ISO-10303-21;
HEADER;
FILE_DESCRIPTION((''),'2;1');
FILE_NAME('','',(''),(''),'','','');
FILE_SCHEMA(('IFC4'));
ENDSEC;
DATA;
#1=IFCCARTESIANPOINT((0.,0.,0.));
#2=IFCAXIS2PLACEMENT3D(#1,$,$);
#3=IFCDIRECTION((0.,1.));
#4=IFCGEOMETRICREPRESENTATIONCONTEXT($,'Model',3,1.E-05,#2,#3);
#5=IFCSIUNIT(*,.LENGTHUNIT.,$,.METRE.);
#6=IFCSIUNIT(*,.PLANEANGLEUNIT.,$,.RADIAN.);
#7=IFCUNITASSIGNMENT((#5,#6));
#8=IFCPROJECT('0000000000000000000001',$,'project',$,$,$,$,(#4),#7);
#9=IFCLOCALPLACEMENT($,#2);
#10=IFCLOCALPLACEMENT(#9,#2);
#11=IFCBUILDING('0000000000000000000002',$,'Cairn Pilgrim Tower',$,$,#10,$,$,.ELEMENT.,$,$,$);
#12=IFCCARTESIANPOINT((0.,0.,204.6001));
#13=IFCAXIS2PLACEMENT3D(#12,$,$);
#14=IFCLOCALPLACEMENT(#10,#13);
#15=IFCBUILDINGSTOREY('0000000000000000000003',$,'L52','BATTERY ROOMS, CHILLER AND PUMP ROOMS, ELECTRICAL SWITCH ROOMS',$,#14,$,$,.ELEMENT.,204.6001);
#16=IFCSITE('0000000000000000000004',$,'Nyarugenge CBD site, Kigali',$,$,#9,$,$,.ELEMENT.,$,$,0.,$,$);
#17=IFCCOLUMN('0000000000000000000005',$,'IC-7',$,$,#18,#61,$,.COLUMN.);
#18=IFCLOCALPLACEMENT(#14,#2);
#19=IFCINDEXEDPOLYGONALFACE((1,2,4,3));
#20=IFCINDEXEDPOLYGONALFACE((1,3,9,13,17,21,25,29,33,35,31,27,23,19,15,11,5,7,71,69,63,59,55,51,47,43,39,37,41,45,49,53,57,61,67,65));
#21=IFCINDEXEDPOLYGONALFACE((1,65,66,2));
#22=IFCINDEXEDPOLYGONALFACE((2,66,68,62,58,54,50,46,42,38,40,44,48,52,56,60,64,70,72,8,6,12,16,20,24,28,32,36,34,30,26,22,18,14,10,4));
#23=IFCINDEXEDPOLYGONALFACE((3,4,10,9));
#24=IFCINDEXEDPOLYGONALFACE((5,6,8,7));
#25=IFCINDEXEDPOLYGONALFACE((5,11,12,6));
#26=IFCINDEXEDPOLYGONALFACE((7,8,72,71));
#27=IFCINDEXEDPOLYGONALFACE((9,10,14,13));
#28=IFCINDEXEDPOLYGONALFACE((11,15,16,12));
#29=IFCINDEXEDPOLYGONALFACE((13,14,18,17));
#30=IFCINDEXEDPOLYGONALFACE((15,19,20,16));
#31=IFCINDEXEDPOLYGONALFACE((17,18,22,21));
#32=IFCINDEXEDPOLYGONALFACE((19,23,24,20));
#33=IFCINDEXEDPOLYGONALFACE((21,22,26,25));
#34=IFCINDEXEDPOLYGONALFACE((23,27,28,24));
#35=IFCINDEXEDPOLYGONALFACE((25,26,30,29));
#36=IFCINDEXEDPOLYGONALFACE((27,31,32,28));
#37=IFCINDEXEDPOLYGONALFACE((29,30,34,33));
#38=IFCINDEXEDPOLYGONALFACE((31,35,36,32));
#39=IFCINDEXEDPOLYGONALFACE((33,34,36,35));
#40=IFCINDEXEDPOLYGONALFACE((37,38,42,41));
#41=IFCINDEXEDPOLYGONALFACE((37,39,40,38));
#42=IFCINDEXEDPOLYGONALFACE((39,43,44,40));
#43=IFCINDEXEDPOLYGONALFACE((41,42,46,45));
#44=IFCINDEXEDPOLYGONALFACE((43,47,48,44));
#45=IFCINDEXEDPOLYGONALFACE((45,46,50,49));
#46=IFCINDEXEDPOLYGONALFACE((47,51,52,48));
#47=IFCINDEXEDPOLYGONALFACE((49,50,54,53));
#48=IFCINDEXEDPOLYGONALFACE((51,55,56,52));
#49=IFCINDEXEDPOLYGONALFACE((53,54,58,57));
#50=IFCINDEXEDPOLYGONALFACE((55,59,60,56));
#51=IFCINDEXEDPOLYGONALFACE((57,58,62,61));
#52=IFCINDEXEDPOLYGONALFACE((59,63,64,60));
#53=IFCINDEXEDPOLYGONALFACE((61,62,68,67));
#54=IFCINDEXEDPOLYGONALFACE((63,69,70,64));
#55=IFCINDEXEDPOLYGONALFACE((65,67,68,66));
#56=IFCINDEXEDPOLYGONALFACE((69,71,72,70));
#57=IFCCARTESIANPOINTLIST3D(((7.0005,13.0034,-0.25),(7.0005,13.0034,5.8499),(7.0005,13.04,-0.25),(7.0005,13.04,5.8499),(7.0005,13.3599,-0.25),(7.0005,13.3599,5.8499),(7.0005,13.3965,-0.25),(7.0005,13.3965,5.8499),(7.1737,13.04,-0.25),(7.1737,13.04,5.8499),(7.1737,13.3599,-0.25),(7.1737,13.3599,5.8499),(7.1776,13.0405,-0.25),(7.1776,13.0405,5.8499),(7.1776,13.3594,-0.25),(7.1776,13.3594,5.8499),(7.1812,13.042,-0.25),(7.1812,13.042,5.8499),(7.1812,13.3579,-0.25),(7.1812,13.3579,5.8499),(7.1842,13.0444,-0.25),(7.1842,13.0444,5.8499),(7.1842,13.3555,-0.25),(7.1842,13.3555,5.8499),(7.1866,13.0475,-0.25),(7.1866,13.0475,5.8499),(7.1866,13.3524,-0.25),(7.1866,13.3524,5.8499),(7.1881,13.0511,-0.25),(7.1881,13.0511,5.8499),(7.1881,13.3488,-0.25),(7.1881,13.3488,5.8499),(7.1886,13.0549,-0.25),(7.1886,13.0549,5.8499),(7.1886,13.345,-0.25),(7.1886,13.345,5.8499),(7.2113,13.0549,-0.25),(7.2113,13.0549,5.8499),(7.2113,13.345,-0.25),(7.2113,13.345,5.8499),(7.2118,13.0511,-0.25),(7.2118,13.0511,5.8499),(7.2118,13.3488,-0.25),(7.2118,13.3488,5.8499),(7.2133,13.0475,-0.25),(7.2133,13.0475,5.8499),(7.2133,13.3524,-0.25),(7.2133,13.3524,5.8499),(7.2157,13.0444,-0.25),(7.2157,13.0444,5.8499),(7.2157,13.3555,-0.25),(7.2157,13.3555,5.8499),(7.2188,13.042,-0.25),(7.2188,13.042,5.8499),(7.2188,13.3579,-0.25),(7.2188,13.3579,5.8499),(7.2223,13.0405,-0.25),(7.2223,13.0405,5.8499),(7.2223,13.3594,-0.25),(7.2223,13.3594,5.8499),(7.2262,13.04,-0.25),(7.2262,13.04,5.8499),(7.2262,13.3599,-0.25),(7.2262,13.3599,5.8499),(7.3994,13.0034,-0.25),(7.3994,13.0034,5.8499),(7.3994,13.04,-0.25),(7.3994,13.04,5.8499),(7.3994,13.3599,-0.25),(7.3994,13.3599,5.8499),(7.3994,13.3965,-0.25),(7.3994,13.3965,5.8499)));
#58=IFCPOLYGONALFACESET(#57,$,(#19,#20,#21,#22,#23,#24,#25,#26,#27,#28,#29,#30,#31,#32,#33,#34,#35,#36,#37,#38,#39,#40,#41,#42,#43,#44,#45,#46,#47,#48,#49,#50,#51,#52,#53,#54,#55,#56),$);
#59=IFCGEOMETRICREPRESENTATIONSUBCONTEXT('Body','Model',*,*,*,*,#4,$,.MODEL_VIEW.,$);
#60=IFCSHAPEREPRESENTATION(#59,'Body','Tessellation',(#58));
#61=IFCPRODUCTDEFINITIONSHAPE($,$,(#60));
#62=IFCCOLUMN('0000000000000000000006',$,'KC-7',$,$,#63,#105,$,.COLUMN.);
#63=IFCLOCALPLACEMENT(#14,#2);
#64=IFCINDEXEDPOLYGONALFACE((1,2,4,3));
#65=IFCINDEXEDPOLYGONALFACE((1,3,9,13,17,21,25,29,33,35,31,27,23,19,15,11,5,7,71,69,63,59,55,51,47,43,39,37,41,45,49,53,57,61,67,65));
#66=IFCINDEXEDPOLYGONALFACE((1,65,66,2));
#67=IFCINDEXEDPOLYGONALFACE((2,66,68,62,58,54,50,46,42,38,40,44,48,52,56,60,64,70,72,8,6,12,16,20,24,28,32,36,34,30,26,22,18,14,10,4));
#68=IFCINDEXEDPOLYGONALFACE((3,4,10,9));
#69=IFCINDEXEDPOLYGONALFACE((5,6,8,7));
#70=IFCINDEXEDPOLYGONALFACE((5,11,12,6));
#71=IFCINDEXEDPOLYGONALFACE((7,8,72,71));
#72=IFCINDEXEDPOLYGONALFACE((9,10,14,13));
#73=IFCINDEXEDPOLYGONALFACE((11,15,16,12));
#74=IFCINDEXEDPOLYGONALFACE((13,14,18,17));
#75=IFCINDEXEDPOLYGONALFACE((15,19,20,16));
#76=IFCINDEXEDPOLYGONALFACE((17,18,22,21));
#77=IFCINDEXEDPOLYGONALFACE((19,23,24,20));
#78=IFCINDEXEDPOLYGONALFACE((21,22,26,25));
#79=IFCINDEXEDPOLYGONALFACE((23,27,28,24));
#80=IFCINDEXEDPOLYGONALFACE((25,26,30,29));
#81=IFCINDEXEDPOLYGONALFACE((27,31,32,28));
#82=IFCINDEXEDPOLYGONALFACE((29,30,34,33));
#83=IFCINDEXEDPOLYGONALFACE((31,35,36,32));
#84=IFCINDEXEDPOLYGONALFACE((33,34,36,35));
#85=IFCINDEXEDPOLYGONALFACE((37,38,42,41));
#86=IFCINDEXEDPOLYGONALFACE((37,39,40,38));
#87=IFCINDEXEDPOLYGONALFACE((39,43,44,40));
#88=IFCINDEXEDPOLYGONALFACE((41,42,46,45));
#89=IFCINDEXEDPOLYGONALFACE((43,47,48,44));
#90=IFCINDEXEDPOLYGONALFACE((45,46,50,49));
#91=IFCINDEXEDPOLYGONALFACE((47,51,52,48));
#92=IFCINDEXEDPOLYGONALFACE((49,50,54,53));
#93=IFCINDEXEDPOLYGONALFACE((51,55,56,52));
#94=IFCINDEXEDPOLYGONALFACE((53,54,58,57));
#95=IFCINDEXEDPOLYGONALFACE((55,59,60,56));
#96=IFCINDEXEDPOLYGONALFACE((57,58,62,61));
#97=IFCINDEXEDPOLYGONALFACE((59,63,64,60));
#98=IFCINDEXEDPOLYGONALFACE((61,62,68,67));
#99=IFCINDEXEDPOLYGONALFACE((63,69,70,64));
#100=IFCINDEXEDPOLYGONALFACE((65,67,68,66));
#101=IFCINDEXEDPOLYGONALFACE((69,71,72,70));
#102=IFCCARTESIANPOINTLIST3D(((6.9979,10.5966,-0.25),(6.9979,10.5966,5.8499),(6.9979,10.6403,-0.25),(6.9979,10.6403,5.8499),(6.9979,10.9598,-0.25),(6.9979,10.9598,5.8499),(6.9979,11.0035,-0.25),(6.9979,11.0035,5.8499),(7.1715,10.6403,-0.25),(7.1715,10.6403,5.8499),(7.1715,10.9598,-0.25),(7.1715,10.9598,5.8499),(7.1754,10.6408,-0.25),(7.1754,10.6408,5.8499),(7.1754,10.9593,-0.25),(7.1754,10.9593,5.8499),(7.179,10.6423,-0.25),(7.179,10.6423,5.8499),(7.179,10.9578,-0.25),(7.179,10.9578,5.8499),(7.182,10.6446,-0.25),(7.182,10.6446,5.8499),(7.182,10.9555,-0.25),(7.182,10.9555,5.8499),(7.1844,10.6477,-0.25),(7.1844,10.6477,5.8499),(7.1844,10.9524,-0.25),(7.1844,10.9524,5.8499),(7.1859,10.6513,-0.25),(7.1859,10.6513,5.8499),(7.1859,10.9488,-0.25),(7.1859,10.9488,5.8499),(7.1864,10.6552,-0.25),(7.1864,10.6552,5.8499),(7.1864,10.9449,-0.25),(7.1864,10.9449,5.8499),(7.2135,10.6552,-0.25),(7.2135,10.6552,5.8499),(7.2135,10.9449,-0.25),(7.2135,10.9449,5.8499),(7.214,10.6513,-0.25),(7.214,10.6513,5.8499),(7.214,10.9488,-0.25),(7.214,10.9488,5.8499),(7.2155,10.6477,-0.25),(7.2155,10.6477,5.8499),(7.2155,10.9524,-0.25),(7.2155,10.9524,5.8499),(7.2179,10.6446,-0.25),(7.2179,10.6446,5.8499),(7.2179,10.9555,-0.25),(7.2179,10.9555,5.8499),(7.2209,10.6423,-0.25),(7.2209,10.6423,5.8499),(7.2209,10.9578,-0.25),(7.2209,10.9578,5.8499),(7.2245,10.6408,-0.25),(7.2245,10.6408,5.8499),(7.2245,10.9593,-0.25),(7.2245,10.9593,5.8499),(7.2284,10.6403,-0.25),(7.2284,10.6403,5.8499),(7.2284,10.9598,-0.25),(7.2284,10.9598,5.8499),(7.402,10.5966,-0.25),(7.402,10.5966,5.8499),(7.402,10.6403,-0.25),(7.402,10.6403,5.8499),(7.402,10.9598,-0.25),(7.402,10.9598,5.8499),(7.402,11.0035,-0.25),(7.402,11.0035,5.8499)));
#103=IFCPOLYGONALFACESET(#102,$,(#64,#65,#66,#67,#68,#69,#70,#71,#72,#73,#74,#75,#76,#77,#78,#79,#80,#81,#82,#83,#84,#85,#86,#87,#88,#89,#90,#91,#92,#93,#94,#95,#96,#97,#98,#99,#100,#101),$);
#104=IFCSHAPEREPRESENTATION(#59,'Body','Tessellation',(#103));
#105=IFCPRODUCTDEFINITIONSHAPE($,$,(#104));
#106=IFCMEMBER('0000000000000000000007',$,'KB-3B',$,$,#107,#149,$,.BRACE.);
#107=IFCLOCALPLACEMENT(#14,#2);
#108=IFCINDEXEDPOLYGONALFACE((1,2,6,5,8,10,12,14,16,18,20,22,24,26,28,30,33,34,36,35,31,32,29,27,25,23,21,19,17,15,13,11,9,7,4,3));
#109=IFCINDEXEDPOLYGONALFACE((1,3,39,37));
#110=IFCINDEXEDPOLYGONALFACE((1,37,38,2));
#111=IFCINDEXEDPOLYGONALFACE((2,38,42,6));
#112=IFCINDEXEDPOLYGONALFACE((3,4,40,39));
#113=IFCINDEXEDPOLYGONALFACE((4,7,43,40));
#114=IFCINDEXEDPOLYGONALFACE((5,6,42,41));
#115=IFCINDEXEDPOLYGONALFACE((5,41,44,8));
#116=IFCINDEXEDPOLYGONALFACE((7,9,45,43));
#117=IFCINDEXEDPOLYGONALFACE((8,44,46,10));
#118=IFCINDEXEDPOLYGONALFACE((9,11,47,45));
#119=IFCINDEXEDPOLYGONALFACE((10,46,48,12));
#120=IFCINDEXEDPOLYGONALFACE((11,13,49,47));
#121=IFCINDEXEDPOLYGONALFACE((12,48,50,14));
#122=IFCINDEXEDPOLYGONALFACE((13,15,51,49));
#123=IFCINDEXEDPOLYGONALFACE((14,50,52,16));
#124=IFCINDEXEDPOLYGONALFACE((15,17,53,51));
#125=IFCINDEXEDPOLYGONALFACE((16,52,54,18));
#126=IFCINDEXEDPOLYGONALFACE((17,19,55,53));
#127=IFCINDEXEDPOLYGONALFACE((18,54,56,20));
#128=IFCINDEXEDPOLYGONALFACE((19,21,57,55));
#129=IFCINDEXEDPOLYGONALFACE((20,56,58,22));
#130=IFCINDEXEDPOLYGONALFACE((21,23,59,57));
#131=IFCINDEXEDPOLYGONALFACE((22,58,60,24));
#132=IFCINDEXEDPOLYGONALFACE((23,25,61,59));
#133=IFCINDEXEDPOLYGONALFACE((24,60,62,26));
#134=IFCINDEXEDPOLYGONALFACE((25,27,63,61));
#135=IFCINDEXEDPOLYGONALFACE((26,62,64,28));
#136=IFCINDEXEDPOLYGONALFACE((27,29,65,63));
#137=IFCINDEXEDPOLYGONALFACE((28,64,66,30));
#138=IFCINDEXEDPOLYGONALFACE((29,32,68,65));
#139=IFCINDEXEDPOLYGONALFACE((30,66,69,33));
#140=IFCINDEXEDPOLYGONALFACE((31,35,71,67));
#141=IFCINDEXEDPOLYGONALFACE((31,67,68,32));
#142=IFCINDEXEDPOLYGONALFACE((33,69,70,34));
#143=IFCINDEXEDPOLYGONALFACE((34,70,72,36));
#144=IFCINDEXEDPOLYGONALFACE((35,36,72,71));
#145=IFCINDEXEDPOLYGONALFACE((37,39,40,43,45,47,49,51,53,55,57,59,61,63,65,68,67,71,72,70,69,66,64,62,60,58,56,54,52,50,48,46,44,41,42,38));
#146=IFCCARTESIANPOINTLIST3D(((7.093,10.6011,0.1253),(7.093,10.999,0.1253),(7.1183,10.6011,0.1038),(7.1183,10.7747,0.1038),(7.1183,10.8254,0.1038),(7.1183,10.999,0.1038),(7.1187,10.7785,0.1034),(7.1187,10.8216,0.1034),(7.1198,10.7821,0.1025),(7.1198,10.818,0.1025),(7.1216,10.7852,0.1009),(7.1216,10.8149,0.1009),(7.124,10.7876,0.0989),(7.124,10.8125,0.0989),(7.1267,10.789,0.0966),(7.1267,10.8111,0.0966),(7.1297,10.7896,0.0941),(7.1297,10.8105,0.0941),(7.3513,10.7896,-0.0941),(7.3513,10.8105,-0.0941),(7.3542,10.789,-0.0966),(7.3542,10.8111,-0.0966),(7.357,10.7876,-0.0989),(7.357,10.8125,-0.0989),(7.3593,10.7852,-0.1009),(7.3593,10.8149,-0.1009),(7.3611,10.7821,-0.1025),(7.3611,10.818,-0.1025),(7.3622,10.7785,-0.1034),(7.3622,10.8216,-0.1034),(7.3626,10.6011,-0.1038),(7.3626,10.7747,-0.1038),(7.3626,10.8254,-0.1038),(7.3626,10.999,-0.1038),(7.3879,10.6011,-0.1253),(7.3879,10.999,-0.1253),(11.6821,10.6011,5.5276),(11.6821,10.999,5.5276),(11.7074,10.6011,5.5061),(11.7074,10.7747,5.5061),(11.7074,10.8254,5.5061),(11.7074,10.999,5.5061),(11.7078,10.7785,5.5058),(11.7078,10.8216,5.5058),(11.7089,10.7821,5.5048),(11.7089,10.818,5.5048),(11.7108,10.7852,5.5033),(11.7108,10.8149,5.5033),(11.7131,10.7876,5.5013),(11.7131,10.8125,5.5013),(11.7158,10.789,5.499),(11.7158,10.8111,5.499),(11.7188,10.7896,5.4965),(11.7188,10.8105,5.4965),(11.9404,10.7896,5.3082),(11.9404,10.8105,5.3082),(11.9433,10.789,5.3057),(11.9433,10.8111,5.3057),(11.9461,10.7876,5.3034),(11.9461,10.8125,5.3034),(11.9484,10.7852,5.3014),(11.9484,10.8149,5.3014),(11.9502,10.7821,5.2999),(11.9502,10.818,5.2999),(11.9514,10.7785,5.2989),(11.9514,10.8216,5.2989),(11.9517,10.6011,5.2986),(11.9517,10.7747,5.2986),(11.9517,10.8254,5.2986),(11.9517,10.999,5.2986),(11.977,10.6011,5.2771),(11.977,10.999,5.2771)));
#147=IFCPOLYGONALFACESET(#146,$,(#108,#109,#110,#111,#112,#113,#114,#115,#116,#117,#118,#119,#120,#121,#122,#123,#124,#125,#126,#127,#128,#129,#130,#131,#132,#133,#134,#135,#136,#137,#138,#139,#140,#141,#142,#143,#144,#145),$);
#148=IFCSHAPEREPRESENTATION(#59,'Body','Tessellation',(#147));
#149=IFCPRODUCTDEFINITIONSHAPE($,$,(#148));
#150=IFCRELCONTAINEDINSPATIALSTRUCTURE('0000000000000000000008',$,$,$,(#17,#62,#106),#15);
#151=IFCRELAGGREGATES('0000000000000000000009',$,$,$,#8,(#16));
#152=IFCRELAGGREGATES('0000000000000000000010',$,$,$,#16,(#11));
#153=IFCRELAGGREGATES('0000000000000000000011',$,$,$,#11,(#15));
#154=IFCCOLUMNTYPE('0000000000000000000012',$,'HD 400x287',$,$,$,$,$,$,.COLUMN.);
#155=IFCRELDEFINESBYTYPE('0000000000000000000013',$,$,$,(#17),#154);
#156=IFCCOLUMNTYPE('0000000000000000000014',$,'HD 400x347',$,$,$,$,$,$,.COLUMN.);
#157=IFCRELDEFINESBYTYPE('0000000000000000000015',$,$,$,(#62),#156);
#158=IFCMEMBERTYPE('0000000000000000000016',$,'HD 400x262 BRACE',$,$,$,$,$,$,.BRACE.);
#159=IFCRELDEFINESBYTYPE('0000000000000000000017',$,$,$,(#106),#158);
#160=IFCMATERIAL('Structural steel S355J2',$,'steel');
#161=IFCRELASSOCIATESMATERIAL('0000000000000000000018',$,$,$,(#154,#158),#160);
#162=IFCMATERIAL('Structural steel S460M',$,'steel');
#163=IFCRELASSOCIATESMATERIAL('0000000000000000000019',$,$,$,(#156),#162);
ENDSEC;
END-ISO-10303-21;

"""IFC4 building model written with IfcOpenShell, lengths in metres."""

from ifc_helpers import new_model, si_unit, direction, frame, origin, origin_2d, place, context, subcontext, project, spatial, i_section, extrude, material, material_profile, profile_set, type_object, element, save


model = new_model("IFC4")

# Units and contexts
model_context = context("Model", 3, precision=1e-05, world=origin(), true_north=direction((0.0, 1.0)))
body_context = subcontext(model_context, "Body", "Model", "MODEL_VIEW")
ifc_project = project(units=[si_unit("LENGTHUNIT", "METRE"), si_unit("PLANEANGLEUNIT", "RADIAN")], contexts=[model_context])

# Site, building, storey
site_placement = place(None, origin())
site = spatial("IfcSite", under=ifc_project, at=site_placement, Name="Nyarugenge CBD site, Kigali", CompositionType="ELEMENT", RefElevation=0.0)
building_placement = place(site_placement, origin())
building = spatial("IfcBuilding", under=site, at=building_placement, Name="Cairn Pilgrim Tower", CompositionType="ELEMENT")
storey_placement = place(building_placement, frame((0.0, 0.0, 204.6001)))
storey = spatial("IfcBuildingStorey", under=building, at=storey_placement, Name="L52", Description="BATTERY ROOMS, CHILLER AND PUMP ROOMS, ELECTRICAL SWITCH ROOMS", CompositionType="ELEMENT", Elevation=204.6001)

# Columns
ifc_material_1 = material(Name="Structural steel S355J2", Category="steel")
ifc_material_profile_1 = material_profile(ifc_material_1, i_section(OverallWidth=0.3989, OverallDepth=0.3931, WebThickness=0.0227, FlangeThickness=0.0366, FilletRadius=0.0149, at=origin_2d()), Name="HD 400x287")
ifc_profile_set_1 = profile_set([ifc_material_profile_1], Name="Structural steel S355J2")
column_type_1 = type_object("IfcColumnType", Name="HD 400x287", PredefinedType="COLUMN", material=ifc_profile_set_1)
column_1_placement = place(storey_placement, frame((7.2, 13.2, -0.25), z_axis=(0.0, 0.0, 1.0), x_axis=(1.0, 0.0, 0.0)))
element("IfcColumn", 1, at=column_1_placement, inside=storey, type_object=column_type_1, Name="IC-7", PredefinedType="COLUMN", context=body_context, shape_type="SweptSolid", body=[
    extrude(i_section(OverallWidth=0.3989, OverallDepth=0.3931, WebThickness=0.0227, FlangeThickness=0.0366, FilletRadius=0.0149, at=origin_2d()), origin(), (0.0, 0.0, 1.0), 6.0999),
])
ifc_material_2 = material(Name="Structural steel S460M", Category="steel")
ifc_material_profile_2 = material_profile(ifc_material_2, i_section(OverallWidth=0.4041, OverallDepth=0.407, WebThickness=0.0271, FlangeThickness=0.0437, FilletRadius=0.0149, at=origin_2d()), Name="HD 400x347")
ifc_profile_set_2 = profile_set([ifc_material_profile_2], Name="Structural steel S460M")
column_type_2 = type_object("IfcColumnType", Name="HD 400x347", PredefinedType="COLUMN", material=ifc_profile_set_2)
column_2_placement = place(storey_placement, frame((7.2, 10.8, -0.25), z_axis=(0.0, 0.0, 1.0), x_axis=(1.0, 0.0, 0.0)))
element("IfcColumn", 2, at=column_2_placement, inside=storey, type_object=column_type_2, Name="KC-7", PredefinedType="COLUMN", context=body_context, shape_type="SweptSolid", body=[
    extrude(i_section(OverallWidth=0.4041, OverallDepth=0.407, WebThickness=0.0271, FlangeThickness=0.0437, FilletRadius=0.0149, at=origin_2d()), origin(), (0.0, 0.0, 1.0), 6.0999),
])

# Member
ifc_material_profile_3 = material_profile(ifc_material_1, i_section(OverallWidth=0.3979, OverallDepth=0.387, WebThickness=0.021, FlangeThickness=0.0332, FilletRadius=0.0149, at=origin_2d()), Name="HD 400x262")
ifc_profile_set_3 = profile_set([ifc_material_profile_3], Name="Structural steel S355J2")
member_type = type_object("IfcMemberType", Name="HD 400x262 BRACE", PredefinedType="BRACE", material=ifc_profile_set_3)
member_placement = place(storey_placement, frame((7.2405, 10.8, 0.0), z_axis=(0.647412, 0.0, 0.76214), x_axis=(0.0, 1.0, 0.0)))
element("IfcMember", 3, at=member_placement, inside=storey, type_object=member_type, Name="KB-3B", PredefinedType="BRACE", context=body_context, shape_type="SweptSolid", body=[
    extrude(i_section(OverallWidth=0.3979, OverallDepth=0.387, WebThickness=0.021, FlangeThickness=0.0332, FilletRadius=0.0149, at=origin_2d()), origin(), (0.0, 0.0, 1.0), 7.0884),
])

save(model, "model.ifc")
